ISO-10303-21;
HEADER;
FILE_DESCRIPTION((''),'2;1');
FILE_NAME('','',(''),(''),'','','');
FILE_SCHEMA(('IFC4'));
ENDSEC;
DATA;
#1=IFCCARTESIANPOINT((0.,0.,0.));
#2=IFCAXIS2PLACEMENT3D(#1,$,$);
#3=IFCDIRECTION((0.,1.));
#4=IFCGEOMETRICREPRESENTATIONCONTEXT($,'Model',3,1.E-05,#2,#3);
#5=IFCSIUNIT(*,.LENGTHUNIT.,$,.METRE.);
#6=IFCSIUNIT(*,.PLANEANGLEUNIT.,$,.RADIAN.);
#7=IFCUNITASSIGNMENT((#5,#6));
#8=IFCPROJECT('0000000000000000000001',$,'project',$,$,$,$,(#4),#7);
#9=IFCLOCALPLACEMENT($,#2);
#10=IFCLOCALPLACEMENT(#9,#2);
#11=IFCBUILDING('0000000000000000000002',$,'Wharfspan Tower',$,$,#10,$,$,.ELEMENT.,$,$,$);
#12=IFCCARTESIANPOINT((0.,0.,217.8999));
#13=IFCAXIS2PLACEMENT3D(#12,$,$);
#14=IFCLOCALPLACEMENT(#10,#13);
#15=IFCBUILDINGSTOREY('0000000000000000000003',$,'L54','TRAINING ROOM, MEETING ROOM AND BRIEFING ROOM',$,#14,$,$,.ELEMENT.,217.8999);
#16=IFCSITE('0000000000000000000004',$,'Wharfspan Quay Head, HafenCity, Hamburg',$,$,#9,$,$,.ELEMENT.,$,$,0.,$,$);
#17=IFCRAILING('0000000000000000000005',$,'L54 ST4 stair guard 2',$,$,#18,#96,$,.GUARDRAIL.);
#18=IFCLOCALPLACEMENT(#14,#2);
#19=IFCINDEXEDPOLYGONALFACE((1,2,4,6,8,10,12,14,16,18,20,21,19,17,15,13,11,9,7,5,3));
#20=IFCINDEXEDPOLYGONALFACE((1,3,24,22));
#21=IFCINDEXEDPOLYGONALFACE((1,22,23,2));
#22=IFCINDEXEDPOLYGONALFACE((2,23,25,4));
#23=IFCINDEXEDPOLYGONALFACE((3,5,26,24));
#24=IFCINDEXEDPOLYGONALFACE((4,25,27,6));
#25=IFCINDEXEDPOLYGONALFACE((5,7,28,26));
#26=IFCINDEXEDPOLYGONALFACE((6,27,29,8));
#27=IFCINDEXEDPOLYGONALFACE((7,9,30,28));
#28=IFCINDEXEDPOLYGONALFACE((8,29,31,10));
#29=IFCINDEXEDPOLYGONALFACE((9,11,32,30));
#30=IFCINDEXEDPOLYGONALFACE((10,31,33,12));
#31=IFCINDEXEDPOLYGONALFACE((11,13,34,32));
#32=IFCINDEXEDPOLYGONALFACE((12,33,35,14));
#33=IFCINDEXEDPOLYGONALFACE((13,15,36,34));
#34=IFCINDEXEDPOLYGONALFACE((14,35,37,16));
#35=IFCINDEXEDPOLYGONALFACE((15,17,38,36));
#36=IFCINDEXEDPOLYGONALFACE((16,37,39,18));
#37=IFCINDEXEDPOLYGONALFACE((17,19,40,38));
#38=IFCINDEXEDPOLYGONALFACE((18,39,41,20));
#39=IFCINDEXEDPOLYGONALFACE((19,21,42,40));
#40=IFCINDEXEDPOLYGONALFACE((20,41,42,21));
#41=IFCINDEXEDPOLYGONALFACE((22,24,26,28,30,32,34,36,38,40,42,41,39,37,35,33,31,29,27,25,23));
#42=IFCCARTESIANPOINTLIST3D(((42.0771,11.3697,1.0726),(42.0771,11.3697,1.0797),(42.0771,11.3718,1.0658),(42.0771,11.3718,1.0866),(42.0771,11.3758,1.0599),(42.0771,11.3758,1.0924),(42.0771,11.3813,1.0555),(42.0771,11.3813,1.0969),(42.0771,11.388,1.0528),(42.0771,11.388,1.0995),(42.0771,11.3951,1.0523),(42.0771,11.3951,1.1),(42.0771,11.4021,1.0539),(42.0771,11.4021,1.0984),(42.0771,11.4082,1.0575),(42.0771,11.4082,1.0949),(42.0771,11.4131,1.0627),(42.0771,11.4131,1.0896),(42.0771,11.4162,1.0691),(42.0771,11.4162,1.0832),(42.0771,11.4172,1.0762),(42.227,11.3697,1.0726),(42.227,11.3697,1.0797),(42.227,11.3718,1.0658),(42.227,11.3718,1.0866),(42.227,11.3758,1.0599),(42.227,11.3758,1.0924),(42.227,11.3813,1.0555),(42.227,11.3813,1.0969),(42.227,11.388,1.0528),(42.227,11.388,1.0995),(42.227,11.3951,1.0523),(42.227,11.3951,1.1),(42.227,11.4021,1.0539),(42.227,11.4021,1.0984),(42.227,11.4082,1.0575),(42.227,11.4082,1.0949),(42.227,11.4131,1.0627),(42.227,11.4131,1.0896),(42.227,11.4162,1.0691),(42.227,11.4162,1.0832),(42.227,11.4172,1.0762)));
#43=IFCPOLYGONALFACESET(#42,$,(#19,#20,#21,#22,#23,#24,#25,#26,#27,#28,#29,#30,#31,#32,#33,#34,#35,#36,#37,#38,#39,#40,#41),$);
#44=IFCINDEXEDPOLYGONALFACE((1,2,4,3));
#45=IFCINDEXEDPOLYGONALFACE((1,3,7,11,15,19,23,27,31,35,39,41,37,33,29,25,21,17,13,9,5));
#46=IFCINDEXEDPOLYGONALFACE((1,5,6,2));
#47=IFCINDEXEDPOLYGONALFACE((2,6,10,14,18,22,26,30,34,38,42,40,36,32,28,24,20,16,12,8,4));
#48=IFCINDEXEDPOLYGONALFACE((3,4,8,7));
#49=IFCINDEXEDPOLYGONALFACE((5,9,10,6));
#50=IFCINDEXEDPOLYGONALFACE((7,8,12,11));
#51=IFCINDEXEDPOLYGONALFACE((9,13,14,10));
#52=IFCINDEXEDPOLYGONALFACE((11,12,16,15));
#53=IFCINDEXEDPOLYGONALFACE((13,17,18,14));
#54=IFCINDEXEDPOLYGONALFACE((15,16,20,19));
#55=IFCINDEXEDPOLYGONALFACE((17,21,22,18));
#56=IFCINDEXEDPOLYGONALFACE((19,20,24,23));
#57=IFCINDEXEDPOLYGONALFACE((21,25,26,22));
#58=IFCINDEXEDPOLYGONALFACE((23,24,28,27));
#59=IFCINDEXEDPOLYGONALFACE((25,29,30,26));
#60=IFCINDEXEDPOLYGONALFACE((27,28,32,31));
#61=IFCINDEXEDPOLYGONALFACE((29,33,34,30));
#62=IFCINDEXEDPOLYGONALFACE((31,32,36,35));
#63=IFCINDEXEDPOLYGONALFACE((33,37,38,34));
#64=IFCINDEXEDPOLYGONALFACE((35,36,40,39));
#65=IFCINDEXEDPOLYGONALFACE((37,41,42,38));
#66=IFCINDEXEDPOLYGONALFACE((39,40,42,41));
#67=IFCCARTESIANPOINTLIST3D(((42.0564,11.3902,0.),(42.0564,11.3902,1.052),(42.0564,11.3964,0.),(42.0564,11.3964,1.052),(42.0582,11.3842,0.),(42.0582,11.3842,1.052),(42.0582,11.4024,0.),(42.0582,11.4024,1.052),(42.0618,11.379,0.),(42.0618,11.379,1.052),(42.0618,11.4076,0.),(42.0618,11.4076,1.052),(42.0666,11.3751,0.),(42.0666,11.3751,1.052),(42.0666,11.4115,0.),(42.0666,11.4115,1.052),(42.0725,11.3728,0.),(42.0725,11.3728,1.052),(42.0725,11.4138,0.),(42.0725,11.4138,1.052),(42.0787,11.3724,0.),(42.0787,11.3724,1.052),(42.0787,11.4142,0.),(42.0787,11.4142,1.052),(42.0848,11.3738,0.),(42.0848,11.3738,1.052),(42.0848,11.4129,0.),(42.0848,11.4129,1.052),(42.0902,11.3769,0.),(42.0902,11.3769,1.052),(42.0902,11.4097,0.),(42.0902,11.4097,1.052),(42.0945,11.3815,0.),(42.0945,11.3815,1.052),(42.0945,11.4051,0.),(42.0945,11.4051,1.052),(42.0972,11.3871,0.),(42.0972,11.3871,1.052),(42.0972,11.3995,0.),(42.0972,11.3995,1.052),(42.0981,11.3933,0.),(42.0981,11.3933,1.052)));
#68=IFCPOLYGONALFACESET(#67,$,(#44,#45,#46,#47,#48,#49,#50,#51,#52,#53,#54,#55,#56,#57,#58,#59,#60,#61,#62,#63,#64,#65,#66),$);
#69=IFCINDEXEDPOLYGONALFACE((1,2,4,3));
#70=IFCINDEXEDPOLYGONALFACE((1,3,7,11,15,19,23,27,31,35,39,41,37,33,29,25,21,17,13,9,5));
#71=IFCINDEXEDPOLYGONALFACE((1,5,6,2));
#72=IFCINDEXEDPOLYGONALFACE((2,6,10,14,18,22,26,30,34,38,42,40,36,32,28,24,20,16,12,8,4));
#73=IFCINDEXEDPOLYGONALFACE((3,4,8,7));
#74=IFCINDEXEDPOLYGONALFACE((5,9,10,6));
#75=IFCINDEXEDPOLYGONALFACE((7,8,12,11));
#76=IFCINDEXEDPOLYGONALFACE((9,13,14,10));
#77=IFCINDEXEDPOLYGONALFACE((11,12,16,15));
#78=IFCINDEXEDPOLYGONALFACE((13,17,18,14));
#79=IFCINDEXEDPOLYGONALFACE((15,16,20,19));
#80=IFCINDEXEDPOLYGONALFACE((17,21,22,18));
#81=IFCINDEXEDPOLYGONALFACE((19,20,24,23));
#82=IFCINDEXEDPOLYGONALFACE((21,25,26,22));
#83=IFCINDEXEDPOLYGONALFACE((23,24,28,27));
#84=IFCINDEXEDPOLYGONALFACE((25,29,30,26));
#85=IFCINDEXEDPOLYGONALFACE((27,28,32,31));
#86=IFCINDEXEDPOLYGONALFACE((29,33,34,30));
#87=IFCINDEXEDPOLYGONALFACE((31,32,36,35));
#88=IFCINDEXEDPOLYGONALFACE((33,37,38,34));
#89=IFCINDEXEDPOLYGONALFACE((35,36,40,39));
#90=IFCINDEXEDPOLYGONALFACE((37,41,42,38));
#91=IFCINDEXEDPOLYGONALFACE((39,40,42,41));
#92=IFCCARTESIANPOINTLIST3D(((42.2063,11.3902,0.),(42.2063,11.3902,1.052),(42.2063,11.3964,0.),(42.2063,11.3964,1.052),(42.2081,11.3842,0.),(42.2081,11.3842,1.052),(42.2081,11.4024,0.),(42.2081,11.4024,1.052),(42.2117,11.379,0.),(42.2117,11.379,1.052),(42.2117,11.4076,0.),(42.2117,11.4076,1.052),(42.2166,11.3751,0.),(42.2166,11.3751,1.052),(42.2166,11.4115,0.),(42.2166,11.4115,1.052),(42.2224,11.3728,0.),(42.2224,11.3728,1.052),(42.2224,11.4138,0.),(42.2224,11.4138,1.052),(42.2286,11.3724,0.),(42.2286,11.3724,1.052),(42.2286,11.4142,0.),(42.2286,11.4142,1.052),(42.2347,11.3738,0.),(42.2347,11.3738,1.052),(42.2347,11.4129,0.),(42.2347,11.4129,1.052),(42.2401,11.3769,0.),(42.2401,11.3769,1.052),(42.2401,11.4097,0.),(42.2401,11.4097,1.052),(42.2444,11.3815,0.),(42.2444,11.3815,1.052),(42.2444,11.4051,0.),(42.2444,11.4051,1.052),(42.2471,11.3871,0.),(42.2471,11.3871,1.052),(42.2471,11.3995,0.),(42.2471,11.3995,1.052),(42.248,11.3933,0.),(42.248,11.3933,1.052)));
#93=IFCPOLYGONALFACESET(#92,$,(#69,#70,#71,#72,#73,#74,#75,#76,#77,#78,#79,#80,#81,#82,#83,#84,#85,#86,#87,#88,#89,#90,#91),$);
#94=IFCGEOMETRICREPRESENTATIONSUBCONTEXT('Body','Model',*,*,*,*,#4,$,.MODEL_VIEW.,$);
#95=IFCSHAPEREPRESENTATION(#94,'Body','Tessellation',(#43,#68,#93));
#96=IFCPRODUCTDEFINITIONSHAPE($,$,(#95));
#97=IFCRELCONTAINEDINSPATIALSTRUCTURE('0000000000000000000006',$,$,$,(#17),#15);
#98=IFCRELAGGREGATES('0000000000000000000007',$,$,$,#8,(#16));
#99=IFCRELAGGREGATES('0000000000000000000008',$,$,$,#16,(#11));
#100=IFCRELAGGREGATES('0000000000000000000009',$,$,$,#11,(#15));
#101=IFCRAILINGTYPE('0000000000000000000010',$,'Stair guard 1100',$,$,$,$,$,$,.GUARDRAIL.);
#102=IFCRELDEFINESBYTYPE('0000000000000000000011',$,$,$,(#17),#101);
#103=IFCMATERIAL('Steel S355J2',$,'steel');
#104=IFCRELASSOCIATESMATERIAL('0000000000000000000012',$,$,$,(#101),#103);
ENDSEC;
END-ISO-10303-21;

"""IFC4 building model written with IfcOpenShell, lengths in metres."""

from ifc_helpers import new_model, si_unit, direction, frame, origin, origin_2d, place, context, subcontext, project, spatial, circle, extrude, material, type_object, element, save


model = new_model("IFC4")

# Units and contexts
model_context = context("Model", 3, precision=1e-05, world=origin(), true_north=direction((0.0, 1.0)))
body_context = subcontext(model_context, "Body", "Model", "MODEL_VIEW")
ifc_project = project(units=[si_unit("LENGTHUNIT", "METRE"), si_unit("PLANEANGLEUNIT", "RADIAN")], contexts=[model_context])

# Site, building, storey
site_placement = place(None, origin())
site = spatial("IfcSite", under=ifc_project, at=site_placement, Name="Wharfspan Quay Head, HafenCity, Hamburg", CompositionType="ELEMENT", RefElevation=0.0)
building_placement = place(site_placement, origin())
building = spatial("IfcBuilding", under=site, at=building_placement, Name="Wharfspan Tower", CompositionType="ELEMENT")
storey_placement = place(building_placement, frame((0.0, 0.0, 217.8999)))
storey = spatial("IfcBuildingStorey", under=building, at=storey_placement, Name="L54", Description="TRAINING ROOM, MEETING ROOM AND BRIEFING ROOM", CompositionType="ELEMENT", Elevation=217.8999)

# Shared definitions
ifc_material_1 = material(Name="Steel S355J2", Category="steel")

# Railing
railing_type_1 = type_object("IfcRailingType", Name="Stair guard 1100", PredefinedType="GUARDRAIL", material=ifc_material_1)
railing_1_placement = place(storey_placement, frame((42.0771, 11.3933, 0.0)))
element("IfcRailing", 1, at=railing_1_placement, inside=storey, type_object=railing_type_1, Name="L54 ST4 stair guard 2", PredefinedType="GUARDRAIL", context=body_context, shape_type="SweptSolid", body=[
    extrude(circle(Radius=0.0239, at=origin_2d()), frame((0.0, 0.0, 1.0762), z_axis=(1.0, 0.0, 0.0), x_axis=(0.0, 1.0, 0.0)), (0.0, 0.0, 1.0), 0.1499),
    extrude(circle(Radius=0.021, at=origin_2d()), origin(), (0.0, 0.0, 1.0), 1.052),
    extrude(circle(Radius=0.021, at=origin_2d()), frame((0.1499, 0.0, 0.0)), (0.0, 0.0, 1.0), 1.052),
])

save(model, "model.ifc")
